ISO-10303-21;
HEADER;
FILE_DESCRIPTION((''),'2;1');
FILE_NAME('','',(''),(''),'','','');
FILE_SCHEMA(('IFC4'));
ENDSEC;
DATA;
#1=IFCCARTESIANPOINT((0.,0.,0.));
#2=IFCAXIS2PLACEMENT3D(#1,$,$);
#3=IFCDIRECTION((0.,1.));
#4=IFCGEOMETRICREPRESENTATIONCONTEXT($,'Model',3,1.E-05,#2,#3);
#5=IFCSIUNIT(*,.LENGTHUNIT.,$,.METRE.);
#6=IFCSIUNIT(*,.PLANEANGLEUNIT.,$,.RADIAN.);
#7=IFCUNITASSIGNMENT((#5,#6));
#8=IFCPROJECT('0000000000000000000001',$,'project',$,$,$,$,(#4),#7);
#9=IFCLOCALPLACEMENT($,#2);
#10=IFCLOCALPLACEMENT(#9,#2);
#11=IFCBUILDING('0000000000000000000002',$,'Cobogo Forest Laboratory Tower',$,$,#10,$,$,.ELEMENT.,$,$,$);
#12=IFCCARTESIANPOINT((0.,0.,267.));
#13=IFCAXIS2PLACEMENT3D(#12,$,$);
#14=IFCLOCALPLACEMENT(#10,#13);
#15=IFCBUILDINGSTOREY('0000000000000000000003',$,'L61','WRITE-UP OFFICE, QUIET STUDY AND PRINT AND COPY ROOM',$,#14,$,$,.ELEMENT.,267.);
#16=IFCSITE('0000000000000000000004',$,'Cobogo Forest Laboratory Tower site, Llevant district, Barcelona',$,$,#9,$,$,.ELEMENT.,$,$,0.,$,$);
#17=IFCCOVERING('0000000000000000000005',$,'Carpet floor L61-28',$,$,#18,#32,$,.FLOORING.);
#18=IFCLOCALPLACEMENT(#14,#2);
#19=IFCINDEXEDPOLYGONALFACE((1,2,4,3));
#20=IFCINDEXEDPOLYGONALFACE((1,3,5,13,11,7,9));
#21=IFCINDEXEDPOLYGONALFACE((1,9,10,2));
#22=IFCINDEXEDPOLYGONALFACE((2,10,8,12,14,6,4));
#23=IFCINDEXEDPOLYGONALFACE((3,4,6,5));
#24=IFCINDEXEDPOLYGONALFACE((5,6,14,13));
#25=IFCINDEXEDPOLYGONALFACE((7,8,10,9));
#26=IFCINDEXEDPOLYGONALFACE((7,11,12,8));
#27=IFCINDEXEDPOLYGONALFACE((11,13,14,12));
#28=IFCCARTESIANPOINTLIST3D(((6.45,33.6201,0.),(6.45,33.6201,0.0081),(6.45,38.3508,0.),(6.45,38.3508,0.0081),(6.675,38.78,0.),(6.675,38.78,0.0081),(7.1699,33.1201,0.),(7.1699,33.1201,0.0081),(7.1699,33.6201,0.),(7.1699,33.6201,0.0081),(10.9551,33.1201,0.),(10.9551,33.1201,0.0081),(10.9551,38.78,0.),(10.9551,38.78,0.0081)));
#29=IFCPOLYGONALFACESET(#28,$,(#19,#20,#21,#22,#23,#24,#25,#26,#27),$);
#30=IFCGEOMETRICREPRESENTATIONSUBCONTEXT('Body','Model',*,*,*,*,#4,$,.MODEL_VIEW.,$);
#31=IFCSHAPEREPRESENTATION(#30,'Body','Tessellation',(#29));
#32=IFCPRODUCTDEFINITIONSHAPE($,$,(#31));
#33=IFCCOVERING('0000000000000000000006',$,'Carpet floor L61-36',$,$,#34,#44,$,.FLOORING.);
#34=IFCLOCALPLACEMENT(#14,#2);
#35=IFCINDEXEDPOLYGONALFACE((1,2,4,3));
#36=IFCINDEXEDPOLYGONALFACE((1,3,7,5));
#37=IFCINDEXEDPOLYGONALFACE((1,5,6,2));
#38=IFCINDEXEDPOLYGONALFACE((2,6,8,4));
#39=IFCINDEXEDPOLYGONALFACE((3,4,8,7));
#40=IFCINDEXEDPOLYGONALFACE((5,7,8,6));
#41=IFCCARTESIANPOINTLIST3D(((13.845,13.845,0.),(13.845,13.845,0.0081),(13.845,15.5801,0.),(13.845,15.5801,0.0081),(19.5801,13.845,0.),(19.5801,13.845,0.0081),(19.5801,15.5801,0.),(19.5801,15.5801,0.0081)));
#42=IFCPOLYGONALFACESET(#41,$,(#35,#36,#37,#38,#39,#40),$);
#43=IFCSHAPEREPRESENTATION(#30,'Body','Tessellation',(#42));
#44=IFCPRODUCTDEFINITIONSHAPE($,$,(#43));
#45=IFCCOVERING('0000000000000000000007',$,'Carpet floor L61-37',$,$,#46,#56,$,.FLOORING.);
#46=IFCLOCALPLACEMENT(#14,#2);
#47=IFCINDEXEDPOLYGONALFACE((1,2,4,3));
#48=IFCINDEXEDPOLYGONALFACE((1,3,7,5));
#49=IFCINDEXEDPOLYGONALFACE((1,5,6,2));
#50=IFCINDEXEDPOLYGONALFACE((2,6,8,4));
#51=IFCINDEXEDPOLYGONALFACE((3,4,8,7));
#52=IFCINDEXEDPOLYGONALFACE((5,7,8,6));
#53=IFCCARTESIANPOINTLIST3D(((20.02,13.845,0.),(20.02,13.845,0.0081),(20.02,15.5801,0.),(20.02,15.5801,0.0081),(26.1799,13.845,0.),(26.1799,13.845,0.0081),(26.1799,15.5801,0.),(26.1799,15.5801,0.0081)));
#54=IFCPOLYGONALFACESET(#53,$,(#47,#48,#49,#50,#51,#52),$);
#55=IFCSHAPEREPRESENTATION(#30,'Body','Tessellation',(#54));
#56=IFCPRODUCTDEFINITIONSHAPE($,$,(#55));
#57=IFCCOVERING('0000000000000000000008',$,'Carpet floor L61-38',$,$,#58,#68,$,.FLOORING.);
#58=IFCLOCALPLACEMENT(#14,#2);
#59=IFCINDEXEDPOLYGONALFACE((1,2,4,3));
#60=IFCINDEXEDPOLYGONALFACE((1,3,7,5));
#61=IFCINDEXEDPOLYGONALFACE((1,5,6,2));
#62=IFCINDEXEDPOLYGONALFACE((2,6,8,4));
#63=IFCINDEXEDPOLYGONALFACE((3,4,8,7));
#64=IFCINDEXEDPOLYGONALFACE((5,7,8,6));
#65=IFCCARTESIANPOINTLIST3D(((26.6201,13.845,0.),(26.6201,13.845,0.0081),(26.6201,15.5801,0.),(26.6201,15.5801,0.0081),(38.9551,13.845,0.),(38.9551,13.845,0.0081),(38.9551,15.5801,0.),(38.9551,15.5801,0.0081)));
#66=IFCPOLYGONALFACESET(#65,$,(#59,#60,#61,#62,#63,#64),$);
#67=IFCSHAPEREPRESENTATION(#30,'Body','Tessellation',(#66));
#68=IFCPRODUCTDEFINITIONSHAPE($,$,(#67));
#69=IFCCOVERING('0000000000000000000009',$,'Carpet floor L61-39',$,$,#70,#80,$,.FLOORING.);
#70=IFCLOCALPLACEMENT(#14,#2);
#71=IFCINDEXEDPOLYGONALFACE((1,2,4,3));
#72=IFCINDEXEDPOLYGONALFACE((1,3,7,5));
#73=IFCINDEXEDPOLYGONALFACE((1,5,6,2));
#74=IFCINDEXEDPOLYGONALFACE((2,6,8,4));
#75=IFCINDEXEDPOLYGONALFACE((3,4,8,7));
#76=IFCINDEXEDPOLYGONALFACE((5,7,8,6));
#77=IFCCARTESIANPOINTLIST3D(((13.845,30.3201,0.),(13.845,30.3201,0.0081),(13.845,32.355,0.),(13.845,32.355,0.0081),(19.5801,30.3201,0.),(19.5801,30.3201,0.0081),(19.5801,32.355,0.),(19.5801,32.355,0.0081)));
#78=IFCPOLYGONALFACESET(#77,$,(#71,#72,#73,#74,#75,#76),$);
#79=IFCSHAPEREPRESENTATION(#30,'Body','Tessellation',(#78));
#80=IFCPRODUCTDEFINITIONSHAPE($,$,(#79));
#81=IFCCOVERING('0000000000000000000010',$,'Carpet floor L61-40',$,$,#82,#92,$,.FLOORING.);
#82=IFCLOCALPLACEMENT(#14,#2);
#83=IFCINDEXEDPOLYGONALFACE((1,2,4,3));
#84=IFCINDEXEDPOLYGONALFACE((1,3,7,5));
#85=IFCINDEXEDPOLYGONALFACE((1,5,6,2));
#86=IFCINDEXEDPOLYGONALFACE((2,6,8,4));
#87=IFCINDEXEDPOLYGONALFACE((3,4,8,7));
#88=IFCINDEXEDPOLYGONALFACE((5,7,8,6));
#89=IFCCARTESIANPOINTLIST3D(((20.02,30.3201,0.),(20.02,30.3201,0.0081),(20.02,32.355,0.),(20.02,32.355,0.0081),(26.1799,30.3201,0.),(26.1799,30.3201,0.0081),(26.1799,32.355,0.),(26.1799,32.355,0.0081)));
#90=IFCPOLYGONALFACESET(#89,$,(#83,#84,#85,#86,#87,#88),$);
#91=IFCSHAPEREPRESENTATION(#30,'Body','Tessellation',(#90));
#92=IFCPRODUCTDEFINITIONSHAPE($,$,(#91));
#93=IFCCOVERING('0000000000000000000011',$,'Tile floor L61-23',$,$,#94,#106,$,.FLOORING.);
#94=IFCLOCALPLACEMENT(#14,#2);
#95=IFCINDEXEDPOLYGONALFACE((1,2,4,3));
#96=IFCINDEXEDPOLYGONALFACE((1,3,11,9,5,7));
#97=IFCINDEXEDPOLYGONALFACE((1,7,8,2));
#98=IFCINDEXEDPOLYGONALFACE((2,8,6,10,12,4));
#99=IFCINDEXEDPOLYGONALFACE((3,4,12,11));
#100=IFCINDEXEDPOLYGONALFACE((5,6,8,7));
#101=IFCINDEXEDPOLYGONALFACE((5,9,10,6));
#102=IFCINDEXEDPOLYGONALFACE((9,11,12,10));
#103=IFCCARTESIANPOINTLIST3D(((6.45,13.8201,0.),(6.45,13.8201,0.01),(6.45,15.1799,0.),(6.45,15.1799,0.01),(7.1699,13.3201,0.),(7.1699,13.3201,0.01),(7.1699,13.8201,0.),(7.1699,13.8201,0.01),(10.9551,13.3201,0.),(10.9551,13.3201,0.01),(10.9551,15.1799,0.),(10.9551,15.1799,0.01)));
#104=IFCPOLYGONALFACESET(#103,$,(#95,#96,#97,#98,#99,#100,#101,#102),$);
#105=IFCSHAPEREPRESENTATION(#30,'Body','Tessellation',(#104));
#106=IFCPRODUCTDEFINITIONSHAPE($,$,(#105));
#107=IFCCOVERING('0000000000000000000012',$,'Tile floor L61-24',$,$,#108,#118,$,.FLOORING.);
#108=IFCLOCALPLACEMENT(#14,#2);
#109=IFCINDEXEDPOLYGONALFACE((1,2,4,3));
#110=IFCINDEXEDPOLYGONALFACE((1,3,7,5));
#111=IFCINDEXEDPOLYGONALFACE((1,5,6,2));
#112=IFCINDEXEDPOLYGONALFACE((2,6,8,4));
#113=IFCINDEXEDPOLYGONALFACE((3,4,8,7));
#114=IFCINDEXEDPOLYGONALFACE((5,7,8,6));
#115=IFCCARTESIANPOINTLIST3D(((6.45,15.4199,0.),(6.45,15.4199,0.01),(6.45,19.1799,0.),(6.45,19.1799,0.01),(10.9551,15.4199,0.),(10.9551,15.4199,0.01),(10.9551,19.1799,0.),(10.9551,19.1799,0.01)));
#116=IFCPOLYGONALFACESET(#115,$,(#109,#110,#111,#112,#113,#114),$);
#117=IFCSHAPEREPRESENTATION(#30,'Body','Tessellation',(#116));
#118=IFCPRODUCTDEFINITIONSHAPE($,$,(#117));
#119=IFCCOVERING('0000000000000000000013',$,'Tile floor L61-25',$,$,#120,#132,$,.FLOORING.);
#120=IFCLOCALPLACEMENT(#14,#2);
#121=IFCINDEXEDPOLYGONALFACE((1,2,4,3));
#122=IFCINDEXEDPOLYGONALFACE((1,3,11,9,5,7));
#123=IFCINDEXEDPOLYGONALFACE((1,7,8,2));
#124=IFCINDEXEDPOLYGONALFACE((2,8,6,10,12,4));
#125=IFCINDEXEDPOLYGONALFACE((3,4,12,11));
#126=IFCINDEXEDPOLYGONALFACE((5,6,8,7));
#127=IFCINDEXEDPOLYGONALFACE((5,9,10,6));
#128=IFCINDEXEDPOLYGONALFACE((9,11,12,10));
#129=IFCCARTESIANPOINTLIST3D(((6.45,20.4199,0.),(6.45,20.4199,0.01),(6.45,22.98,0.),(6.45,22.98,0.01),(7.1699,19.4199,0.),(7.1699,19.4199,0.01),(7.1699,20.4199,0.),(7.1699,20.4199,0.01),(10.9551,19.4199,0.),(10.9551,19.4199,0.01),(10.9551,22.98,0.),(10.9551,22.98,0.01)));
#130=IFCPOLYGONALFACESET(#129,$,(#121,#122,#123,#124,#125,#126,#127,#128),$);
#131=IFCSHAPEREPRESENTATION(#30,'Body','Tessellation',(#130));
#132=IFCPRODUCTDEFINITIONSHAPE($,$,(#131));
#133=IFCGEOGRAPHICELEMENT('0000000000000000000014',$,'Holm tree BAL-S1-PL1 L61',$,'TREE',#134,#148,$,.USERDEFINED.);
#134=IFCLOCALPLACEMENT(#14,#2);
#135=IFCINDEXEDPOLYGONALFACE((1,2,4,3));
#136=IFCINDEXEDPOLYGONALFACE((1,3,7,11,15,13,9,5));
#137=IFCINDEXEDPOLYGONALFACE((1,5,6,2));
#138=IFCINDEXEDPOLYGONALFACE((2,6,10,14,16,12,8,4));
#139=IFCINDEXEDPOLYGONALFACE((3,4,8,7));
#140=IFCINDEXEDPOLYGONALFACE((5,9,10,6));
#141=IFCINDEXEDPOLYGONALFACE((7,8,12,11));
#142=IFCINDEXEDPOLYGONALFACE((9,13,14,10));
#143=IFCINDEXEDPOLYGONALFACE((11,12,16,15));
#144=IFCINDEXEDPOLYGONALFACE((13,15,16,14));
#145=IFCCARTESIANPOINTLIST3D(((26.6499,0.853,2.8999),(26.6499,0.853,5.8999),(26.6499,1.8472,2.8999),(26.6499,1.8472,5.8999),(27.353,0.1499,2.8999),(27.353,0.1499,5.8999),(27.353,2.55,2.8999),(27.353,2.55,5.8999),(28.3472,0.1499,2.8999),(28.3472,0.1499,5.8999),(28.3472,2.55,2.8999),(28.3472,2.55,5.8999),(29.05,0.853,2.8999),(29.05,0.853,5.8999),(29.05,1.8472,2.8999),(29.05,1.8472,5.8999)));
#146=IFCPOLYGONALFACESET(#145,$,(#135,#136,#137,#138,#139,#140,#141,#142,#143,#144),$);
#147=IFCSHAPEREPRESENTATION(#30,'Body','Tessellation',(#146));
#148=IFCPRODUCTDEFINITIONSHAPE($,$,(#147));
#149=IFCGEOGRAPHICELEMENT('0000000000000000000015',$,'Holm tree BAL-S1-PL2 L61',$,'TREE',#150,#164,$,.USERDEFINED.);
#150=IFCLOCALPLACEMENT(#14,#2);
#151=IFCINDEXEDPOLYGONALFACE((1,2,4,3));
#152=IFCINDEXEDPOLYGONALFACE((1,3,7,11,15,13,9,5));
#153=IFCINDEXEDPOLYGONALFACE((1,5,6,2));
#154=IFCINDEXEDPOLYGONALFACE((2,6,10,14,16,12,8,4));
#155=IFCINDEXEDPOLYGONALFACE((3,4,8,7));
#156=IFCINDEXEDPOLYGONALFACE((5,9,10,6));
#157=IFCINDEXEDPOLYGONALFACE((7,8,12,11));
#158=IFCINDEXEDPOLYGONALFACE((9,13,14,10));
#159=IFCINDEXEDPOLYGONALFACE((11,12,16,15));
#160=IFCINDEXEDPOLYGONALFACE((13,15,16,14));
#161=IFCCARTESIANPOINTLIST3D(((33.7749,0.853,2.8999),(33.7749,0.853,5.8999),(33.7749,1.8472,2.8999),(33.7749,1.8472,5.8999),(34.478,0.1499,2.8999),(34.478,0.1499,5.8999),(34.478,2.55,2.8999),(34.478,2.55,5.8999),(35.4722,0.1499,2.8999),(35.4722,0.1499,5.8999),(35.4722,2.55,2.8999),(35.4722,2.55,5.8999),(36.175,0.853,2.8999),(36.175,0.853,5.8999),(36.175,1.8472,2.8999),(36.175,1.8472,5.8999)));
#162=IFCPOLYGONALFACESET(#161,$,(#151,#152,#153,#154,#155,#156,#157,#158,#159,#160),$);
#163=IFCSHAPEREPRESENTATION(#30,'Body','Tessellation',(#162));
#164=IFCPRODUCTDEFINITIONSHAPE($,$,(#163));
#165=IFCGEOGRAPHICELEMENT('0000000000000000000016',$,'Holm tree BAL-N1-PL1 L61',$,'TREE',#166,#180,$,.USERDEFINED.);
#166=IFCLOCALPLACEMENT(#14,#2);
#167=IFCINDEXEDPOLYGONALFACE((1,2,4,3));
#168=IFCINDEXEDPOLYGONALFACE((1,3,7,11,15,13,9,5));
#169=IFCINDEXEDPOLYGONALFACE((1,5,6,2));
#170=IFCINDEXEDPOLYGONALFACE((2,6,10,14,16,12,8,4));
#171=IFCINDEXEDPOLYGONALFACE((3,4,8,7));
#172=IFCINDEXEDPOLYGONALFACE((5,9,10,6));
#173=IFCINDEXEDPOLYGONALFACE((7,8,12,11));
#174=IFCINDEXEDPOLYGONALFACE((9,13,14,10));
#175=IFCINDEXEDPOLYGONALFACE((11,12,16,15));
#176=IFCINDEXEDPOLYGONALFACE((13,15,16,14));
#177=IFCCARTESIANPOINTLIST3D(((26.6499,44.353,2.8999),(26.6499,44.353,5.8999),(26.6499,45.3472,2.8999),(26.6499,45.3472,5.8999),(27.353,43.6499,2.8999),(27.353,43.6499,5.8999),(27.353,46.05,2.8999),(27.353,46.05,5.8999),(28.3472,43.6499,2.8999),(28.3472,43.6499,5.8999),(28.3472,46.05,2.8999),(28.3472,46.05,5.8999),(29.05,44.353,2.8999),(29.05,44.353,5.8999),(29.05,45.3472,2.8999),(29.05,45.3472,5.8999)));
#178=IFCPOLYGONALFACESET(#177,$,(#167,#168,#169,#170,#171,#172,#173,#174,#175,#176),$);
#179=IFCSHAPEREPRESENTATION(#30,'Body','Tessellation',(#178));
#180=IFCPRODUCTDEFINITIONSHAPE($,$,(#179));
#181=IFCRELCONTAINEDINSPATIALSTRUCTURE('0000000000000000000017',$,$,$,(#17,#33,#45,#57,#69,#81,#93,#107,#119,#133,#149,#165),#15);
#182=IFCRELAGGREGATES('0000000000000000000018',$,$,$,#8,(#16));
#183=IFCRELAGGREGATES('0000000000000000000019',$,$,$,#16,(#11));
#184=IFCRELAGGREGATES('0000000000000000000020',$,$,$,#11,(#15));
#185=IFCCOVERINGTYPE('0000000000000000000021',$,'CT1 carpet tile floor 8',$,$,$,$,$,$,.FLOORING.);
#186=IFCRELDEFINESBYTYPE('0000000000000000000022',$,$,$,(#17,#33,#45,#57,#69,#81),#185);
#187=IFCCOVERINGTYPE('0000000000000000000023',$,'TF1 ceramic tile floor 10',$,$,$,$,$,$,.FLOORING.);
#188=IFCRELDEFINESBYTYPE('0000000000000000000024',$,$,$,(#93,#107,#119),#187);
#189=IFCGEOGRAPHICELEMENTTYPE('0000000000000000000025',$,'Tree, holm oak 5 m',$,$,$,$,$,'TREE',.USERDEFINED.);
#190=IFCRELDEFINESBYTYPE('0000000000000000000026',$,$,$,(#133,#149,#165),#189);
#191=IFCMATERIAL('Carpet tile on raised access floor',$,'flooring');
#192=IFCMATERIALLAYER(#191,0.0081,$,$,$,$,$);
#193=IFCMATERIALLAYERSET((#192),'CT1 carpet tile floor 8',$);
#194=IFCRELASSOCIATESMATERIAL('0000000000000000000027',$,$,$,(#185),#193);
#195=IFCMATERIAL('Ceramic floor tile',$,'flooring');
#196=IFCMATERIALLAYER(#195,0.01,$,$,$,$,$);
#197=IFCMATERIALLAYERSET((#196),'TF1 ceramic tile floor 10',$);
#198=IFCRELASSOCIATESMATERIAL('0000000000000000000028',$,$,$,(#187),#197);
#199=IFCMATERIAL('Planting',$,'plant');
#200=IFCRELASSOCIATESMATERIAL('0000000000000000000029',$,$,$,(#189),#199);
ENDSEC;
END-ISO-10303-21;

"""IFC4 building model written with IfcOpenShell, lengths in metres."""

from ifc_helpers import new_model, si_unit, direction, frame, origin, place, context, subcontext, project, spatial, polyline, outline, extrude, material, layer, layer_set, type_object, element, save


model = new_model("IFC4")

# Units and contexts
model_context = context("Model", 3, precision=1e-05, world=origin(), true_north=direction((0.0, 1.0)))
body_context = subcontext(model_context, "Body", "Model", "MODEL_VIEW")
ifc_project = project(units=[si_unit("LENGTHUNIT", "METRE"), si_unit("PLANEANGLEUNIT", "RADIAN")], contexts=[model_context])

# Site, building, storey
site_placement = place(None, origin())
site = spatial("IfcSite", under=ifc_project, at=site_placement, Name="Cobogo Forest Laboratory Tower site, Llevant district, Barcelona", CompositionType="ELEMENT", RefElevation=0.0)
building_placement = place(site_placement, origin())
building = spatial("IfcBuilding", under=site, at=building_placement, Name="Cobogo Forest Laboratory Tower", CompositionType="ELEMENT")
storey_placement = place(building_placement, frame((0.0, 0.0, 267.0)))
storey = spatial("IfcBuildingStorey", under=building, at=storey_placement, Name="L61", Description="WRITE-UP OFFICE, QUIET STUDY AND PRINT AND COPY ROOM", CompositionType="ELEMENT", Elevation=267.0)

# Coverings
ifc_material_1 = material(Name="Carpet tile on raised access floor", Category="flooring")
ifc_layer_1 = layer(ifc_material_1, 0.0081)
ifc_layer_set_1 = layer_set([ifc_layer_1], Name="CT1 carpet tile floor 8")
covering_type_1 = type_object("IfcCoveringType", Name="CT1 carpet tile floor 8", PredefinedType="FLOORING", material=ifc_layer_set_1)
covering_1_placement = place(storey_placement, origin())
element("IfcCovering", 1, at=covering_1_placement, inside=storey, type_object=covering_type_1, Name="Carpet floor L61-28", PredefinedType="FLOORING", context=body_context, shape_type="SweptSolid", body=[
    extrude(outline(polyline([(10.9551, 33.1201), (7.1699, 33.1201), (7.1699, 33.6201), (6.45, 33.6201), (6.45, 38.3508), (6.675, 38.78), (10.9551, 38.78), (10.9551, 33.1201)])), origin(), (0.0, 0.0, 1.0), 0.0081),
])
covering_2_placement = place(storey_placement, origin())
element("IfcCovering", 2, at=covering_2_placement, inside=storey, type_object=covering_type_1, Name="Carpet floor L61-36", PredefinedType="FLOORING", context=body_context, shape_type="SweptSolid", body=[
    extrude(outline(polyline([(19.5801, 13.845), (13.845, 13.845), (13.845, 15.5801), (19.5801, 15.5801), (19.5801, 13.845)])), origin(), (0.0, 0.0, 1.0), 0.0081),
])
covering_3_placement = place(storey_placement, origin())
element("IfcCovering", 3, at=covering_3_placement, inside=storey, type_object=covering_type_1, Name="Carpet floor L61-37", PredefinedType="FLOORING", context=body_context, shape_type="SweptSolid", body=[
    extrude(outline(polyline([(26.1799, 13.845), (20.02, 13.845), (20.02, 15.5801), (26.1799, 15.5801), (26.1799, 13.845)])), origin(), (0.0, 0.0, 1.0), 0.0081),
])
covering_4_placement = place(storey_placement, origin())
element("IfcCovering", 4, at=covering_4_placement, inside=storey, type_object=covering_type_1, Name="Carpet floor L61-38", PredefinedType="FLOORING", context=body_context, shape_type="SweptSolid", body=[
    extrude(outline(polyline([(38.9551, 13.845), (26.6201, 13.845), (26.6201, 15.5801), (38.9551, 15.5801), (38.9551, 13.845)])), origin(), (0.0, 0.0, 1.0), 0.0081),
])
covering_5_placement = place(storey_placement, origin())
element("IfcCovering", 5, at=covering_5_placement, inside=storey, type_object=covering_type_1, Name="Carpet floor L61-39", PredefinedType="FLOORING", context=body_context, shape_type="SweptSolid", body=[
    extrude(outline(polyline([(19.5801, 30.3201), (13.845, 30.3201), (13.845, 32.355), (19.5801, 32.355), (19.5801, 30.3201)])), origin(), (0.0, 0.0, 1.0), 0.0081),
])
covering_6_placement = place(storey_placement, origin())
element("IfcCovering", 6, at=covering_6_placement, inside=storey, type_object=covering_type_1, Name="Carpet floor L61-40", PredefinedType="FLOORING", context=body_context, shape_type="SweptSolid", body=[
    extrude(outline(polyline([(26.1799, 30.3201), (20.02, 30.3201), (20.02, 32.355), (26.1799, 32.355), (26.1799, 30.3201)])), origin(), (0.0, 0.0, 1.0), 0.0081),
])
ifc_material_2 = material(Name="Ceramic floor tile", Category="flooring")
ifc_layer_2 = layer(ifc_material_2, 0.01)
ifc_layer_set_2 = layer_set([ifc_layer_2], Name="TF1 ceramic tile floor 10")
covering_type_2 = type_object("IfcCoveringType", Name="TF1 ceramic tile floor 10", PredefinedType="FLOORING", material=ifc_layer_set_2)
covering_7_placement = place(storey_placement, origin())
element("IfcCovering", 7, at=covering_7_placement, inside=storey, type_object=covering_type_2, Name="Tile floor L61-23", PredefinedType="FLOORING", context=body_context, shape_type="SweptSolid", body=[
    extrude(outline(polyline([(10.9551, 13.3201), (7.1699, 13.3201), (7.1699, 13.8201), (6.45, 13.8201), (6.45, 15.1799), (10.9551, 15.1799), (10.9551, 13.3201)])), origin(), (0.0, 0.0, 1.0), 0.01),
])
covering_8_placement = place(storey_placement, origin())
element("IfcCovering", 8, at=covering_8_placement, inside=storey, type_object=covering_type_2, Name="Tile floor L61-24", PredefinedType="FLOORING", context=body_context, shape_type="SweptSolid", body=[
    extrude(outline(polyline([(10.9551, 15.4199), (6.45, 15.4199), (6.45, 19.1799), (10.9551, 19.1799), (10.9551, 15.4199)])), origin(), (0.0, 0.0, 1.0), 0.01),
])
covering_9_placement = place(storey_placement, origin())
element("IfcCovering", 9, at=covering_9_placement, inside=storey, type_object=covering_type_2, Name="Tile floor L61-25", PredefinedType="FLOORING", context=body_context, shape_type="SweptSolid", body=[
    extrude(outline(polyline([(10.9551, 19.4199), (7.1699, 19.4199), (7.1699, 20.4199), (6.45, 20.4199), (6.45, 22.98), (10.9551, 22.98), (10.9551, 19.4199)])), origin(), (0.0, 0.0, 1.0), 0.01),
])

# Geographic elements
ifc_material_3 = material(Name="Planting", Category="plant")
geographic_element_type = type_object("IfcGeographicElementType", Name="Tree, holm oak 5 m", ElementType="TREE", PredefinedType="USERDEFINED", material=ifc_material_3)
geographic_element_1_placement = place(storey_placement, frame((0.0, 0.0, 2.8999)))
element("IfcGeographicElement", 10, at=geographic_element_1_placement, inside=storey, type_object=geographic_element_type, Name="Holm tree BAL-S1-PL1 L61", ObjectType="TREE", PredefinedType="USERDEFINED", context=body_context, shape_type="SweptSolid", body=[
    extrude(outline(polyline([(29.05, 0.853), (29.05, 1.8472), (28.3472, 2.55), (27.353, 2.55), (26.6499, 1.8472), (26.6499, 0.853), (27.353, 0.1499), (28.3472, 0.1499), (29.05, 0.853)])), origin(), (0.0, 0.0, 1.0), 3.0),
])
geographic_element_2_placement = place(storey_placement, frame((0.0, 0.0, 2.8999)))
element("IfcGeographicElement", 11, at=geographic_element_2_placement, inside=storey, type_object=geographic_element_type, Name="Holm tree BAL-S1-PL2 L61", ObjectType="TREE", PredefinedType="USERDEFINED", context=body_context, shape_type="SweptSolid", body=[
    extrude(outline(polyline([(36.175, 0.853), (36.175, 1.8472), (35.4722, 2.55), (34.478, 2.55), (33.7749, 1.8472), (33.7749, 0.853), (34.478, 0.1499), (35.4722, 0.1499), (36.175, 0.853)])), origin(), (0.0, 0.0, 1.0), 3.0),
])
geographic_element_3_placement = place(storey_placement, frame((0.0, 0.0, 2.8999)))
element("IfcGeographicElement", 12, at=geographic_element_3_placement, inside=storey, type_object=geographic_element_type, Name="Holm tree BAL-N1-PL1 L61", ObjectType="TREE", PredefinedType="USERDEFINED", context=body_context, shape_type="SweptSolid", body=[
    extrude(outline(polyline([(29.05, 44.353), (29.05, 45.3472), (28.3472, 46.05), (27.353, 46.05), (26.6499, 45.3472), (26.6499, 44.353), (27.353, 43.6499), (28.3472, 43.6499), (29.05, 44.353)])), origin(), (0.0, 0.0, 1.0), 3.0),
])

save(model, "model.ifc")
